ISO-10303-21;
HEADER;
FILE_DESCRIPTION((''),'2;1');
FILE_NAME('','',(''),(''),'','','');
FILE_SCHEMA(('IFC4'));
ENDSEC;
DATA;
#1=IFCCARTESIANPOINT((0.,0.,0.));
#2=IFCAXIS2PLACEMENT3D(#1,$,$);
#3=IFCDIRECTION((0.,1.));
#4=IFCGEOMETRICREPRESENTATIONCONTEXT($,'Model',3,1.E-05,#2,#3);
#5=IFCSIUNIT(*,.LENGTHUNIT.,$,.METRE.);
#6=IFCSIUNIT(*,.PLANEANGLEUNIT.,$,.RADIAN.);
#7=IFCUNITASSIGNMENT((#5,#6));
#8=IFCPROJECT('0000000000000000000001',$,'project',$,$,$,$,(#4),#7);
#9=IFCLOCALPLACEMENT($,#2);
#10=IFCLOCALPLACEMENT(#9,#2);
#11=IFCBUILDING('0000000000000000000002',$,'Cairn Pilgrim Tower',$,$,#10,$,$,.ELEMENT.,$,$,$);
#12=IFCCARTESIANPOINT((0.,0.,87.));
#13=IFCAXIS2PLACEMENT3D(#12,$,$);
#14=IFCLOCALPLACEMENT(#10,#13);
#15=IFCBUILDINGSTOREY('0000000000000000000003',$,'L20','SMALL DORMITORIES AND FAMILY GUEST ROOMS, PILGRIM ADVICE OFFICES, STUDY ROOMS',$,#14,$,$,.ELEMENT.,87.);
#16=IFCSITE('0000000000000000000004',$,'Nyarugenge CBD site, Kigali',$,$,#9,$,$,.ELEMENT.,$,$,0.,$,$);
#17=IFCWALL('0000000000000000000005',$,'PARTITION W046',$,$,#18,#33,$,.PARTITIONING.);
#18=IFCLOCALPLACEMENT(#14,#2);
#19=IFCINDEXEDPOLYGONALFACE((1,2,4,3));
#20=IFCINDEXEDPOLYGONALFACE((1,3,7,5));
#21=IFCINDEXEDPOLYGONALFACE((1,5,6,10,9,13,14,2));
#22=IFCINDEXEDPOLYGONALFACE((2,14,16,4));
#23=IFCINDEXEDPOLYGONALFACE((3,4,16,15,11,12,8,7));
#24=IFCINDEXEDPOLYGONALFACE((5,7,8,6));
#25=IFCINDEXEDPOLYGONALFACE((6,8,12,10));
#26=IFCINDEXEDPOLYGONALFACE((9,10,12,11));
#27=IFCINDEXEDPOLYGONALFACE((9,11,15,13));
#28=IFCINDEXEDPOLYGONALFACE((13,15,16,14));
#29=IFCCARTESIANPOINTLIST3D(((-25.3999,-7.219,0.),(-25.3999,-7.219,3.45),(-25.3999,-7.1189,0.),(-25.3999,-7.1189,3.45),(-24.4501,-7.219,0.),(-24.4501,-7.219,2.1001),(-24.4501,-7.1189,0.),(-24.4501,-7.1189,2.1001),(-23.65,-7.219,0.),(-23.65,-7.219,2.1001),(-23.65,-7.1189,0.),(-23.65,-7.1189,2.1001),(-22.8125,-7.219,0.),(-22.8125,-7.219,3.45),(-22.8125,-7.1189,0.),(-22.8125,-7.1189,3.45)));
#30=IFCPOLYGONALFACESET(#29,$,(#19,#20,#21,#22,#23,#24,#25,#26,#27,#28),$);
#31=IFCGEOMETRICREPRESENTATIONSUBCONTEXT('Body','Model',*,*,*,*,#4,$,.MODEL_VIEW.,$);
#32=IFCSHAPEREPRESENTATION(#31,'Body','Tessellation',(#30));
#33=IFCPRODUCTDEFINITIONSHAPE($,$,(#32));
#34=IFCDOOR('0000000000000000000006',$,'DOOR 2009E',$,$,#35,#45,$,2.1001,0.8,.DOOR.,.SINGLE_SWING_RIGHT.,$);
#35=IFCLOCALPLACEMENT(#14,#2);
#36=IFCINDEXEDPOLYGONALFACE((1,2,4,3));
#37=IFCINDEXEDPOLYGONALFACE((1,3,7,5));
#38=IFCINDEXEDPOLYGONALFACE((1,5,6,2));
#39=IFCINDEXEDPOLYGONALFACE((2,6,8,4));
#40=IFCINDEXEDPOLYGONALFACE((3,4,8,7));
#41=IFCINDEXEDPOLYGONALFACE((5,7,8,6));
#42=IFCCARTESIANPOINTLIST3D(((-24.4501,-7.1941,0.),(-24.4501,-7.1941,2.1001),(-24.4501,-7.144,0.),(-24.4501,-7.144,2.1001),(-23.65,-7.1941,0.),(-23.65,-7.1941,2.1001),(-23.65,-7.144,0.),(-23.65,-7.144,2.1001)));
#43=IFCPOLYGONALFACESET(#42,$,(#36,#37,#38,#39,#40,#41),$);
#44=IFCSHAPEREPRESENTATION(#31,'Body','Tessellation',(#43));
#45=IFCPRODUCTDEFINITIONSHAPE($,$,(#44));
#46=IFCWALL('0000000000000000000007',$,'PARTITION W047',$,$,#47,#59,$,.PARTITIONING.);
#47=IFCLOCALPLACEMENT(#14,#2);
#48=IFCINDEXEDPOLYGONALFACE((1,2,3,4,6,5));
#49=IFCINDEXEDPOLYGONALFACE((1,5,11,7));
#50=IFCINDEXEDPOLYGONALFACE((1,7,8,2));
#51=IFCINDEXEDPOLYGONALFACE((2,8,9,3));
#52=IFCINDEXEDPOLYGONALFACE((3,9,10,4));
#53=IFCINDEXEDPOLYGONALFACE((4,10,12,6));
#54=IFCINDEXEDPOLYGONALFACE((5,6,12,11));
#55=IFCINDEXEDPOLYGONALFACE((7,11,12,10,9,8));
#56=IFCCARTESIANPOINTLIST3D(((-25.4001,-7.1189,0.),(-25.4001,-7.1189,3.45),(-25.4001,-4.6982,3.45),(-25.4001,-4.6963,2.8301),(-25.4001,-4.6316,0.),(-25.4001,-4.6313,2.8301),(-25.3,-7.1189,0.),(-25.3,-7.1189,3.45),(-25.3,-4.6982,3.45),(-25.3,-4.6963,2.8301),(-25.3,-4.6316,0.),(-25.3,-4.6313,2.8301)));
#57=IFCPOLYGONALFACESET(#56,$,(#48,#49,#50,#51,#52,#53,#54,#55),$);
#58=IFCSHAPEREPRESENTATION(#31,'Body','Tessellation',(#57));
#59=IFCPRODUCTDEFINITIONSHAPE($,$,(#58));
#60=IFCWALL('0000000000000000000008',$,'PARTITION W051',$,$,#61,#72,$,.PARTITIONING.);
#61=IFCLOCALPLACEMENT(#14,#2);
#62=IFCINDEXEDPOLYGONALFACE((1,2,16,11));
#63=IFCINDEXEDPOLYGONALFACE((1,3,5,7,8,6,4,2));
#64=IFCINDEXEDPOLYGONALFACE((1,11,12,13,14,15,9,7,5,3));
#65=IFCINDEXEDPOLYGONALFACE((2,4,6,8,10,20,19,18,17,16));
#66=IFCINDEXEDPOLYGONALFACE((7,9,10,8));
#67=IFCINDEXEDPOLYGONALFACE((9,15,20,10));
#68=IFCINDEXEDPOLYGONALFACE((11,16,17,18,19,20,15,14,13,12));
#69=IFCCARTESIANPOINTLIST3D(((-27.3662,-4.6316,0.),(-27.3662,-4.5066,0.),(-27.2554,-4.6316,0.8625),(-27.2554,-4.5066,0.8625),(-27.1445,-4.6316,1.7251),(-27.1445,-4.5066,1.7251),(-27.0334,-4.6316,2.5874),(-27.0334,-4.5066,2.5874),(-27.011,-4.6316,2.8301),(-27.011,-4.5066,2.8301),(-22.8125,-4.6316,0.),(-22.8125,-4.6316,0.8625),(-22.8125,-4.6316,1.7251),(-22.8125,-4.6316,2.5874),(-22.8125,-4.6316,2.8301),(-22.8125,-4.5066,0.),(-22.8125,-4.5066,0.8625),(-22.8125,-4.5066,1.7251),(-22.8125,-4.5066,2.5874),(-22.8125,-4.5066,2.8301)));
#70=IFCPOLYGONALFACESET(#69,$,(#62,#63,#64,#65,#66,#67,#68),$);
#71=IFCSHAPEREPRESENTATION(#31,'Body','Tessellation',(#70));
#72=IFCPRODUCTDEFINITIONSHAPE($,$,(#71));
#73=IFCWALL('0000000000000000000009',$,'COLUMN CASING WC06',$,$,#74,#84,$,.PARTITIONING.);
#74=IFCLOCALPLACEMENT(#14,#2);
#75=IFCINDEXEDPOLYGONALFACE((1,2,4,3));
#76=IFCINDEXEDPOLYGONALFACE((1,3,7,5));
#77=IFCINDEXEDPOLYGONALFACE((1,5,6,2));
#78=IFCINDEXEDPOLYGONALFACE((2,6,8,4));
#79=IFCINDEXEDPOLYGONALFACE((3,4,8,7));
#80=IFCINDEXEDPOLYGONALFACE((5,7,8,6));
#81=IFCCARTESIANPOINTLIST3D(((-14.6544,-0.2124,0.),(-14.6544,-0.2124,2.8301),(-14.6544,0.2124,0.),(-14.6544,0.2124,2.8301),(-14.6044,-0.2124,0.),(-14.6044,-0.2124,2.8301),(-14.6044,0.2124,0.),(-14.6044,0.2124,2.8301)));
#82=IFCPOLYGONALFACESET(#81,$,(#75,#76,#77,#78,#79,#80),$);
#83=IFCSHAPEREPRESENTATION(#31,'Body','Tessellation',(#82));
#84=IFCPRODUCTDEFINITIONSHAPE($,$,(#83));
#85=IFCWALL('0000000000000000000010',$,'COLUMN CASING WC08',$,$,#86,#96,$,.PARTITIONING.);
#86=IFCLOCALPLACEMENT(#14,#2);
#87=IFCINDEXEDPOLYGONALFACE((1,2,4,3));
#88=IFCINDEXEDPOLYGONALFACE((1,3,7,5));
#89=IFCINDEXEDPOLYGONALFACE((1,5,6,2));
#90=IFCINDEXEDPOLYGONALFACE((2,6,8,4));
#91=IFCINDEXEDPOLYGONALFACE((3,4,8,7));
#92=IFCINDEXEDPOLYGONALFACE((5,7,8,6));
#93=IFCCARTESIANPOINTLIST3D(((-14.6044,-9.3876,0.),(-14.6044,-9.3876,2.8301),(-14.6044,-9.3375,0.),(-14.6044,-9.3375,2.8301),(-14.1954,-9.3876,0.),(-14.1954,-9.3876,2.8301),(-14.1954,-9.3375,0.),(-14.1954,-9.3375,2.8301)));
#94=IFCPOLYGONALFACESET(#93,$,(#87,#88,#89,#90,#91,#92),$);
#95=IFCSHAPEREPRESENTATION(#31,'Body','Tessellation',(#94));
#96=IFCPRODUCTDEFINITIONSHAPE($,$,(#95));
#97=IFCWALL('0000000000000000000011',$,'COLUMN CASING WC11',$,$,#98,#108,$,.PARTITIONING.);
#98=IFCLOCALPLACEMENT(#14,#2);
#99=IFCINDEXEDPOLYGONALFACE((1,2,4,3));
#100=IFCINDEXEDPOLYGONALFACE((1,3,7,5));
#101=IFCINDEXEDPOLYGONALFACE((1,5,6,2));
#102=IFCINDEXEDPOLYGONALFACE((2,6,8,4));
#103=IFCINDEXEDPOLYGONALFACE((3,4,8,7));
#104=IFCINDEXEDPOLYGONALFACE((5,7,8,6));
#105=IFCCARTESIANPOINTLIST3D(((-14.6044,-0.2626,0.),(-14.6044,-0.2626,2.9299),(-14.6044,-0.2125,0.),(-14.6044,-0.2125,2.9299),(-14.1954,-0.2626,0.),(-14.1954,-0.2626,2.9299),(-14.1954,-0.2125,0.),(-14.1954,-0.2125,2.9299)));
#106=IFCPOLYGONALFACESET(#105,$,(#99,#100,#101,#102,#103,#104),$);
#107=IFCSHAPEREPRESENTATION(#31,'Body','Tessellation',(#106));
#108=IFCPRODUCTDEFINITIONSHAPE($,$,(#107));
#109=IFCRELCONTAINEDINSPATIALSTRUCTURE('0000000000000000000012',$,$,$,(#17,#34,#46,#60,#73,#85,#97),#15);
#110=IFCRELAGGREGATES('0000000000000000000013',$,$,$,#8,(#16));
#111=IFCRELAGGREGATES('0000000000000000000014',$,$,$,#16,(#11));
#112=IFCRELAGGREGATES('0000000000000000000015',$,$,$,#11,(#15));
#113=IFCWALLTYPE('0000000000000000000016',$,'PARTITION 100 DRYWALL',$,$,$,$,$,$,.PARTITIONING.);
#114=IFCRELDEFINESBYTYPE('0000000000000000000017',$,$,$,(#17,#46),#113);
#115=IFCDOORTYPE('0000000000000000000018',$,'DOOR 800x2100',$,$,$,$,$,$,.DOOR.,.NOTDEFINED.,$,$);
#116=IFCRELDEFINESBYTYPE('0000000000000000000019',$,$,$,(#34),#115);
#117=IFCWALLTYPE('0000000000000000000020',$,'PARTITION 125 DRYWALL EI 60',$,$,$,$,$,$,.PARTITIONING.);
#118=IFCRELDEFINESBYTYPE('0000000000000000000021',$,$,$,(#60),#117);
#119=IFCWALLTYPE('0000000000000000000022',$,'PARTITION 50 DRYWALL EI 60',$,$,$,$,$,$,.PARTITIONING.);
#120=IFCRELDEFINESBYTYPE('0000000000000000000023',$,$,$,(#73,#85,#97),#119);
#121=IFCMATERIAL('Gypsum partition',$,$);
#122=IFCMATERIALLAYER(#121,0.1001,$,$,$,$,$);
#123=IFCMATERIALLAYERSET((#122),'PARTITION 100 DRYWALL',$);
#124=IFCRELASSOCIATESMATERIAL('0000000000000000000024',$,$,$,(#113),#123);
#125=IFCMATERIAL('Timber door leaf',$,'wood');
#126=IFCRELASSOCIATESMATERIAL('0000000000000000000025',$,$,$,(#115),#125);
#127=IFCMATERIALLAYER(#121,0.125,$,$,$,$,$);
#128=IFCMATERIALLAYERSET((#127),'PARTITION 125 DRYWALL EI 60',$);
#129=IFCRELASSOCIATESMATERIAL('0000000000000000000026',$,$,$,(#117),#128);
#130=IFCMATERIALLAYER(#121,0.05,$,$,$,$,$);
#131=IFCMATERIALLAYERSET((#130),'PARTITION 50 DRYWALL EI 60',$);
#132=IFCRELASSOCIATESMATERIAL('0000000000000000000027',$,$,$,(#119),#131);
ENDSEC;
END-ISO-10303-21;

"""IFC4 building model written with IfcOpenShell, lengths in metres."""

from ifc_helpers import new_model, si_unit, direction, frame, frame_2d, origin, place, context, subcontext, project, spatial, polyline, rectangle, outline, extrude, material, layer, layer_set, type_object, element, fill, save


model = new_model("IFC4")

# Units and contexts
model_context = context("Model", 3, precision=1e-05, world=origin(), true_north=direction((0.0, 1.0)))
body_context = subcontext(model_context, "Body", "Model", "MODEL_VIEW")
ifc_project = project(units=[si_unit("LENGTHUNIT", "METRE"), si_unit("PLANEANGLEUNIT", "RADIAN")], contexts=[model_context])

# Site, building, storey
site_placement = place(None, origin())
site = spatial("IfcSite", under=ifc_project, at=site_placement, Name="Nyarugenge CBD site, Kigali", CompositionType="ELEMENT", RefElevation=0.0)
building_placement = place(site_placement, origin())
building = spatial("IfcBuilding", under=site, at=building_placement, Name="Cairn Pilgrim Tower", CompositionType="ELEMENT")
storey_placement = place(building_placement, frame((0.0, 0.0, 87.0)))
storey = spatial("IfcBuildingStorey", under=building, at=storey_placement, Name="L20", Description="SMALL DORMITORIES AND FAMILY GUEST ROOMS, PILGRIM ADVICE OFFICES, STUDY ROOMS", CompositionType="ELEMENT", Elevation=87.0)

# Wall, opening, door
ifc_material_1 = material(Name="Gypsum partition")
ifc_layer_1 = layer(ifc_material_1, 0.1001)
ifc_layer_set_1 = layer_set([ifc_layer_1], Name="PARTITION 100 DRYWALL")
wall_type_1 = type_object("IfcWallType", Name="PARTITION 100 DRYWALL", PredefinedType="PARTITIONING", material=ifc_layer_set_1)
wall_1_placement = place(storey_placement, frame((-25.3999, -7.1689, 0.0), z_axis=(0.0, 0.0, 1.0), x_axis=(1.0, 0.0, 0.0)))
wall_1 = element("IfcWall", 1, at=wall_1_placement, inside=storey, type_object=wall_type_1, Name="PARTITION W046", PredefinedType="PARTITIONING", context=body_context, shape_type="SweptSolid", body=[
    extrude(rectangle(XDim=2.5874, YDim=0.1001, at=frame_2d((1.2937, 0.0))), origin(), (0.0, 0.0, 1.0), 3.45),
])
opening_placement = place(wall_1_placement, frame((0.95, 0.0, 0.0)))
opening = element("IfcOpeningElement", 2, at=opening_placement, cuts=wall_1, PredefinedType="OPENING", context=body_context, shape_type="SweptSolid", body=[
    extrude(rectangle(XDim=0.8, YDim=2.1001, at=frame_2d((0.3999, 1.05))), frame((0.0, 0.0601, 0.0), z_axis=(0.0, -1.0, 0.0), x_axis=(1.0, 0.0, 0.0)), (0.0, 0.0, 1.0), 0.1201),
])
ifc_material_2 = material(Name="Timber door leaf", Category="wood")
door_type = type_object("IfcDoorType", Name="DOOR 800x2100", OperationType="NOTDEFINED", PredefinedType="DOOR", material=ifc_material_2)
door_placement = place(opening_placement, origin())
door = element("IfcDoor", 3, at=door_placement, inside=storey, type_object=door_type, Name="DOOR 2009E", OperationType="SINGLE_SWING_RIGHT", OverallHeight=2.1001, OverallWidth=0.8, PredefinedType="DOOR", context=body_context, shape_type="SweptSolid", body=[
    extrude(rectangle(XDim=0.8, YDim=2.1001, at=frame_2d((0.3999, 1.05))), frame((0.0, 0.0249, 0.0), z_axis=(0.0, -1.0, 0.0), x_axis=(1.0, 0.0, 0.0)), (0.0, 0.0, 1.0), 0.05),
])
fill(opening, door)

# Walls
wall_2_placement = place(storey_placement, frame((-25.3501, -7.1189, 0.0), z_axis=(0.0, 0.0, 1.0), x_axis=(0.0, 1.0, 0.0)))
element("IfcWall", 4, at=wall_2_placement, inside=storey, type_object=wall_type_1, Name="PARTITION W047", PredefinedType="PARTITIONING", context=body_context, shape_type="SweptSolid", body=[
    extrude(outline(polyline([(0.0, 0.0), (2.4873, 0.0), (2.4875, 2.8301), (2.4226, 2.8301), (2.4207, 3.45), (0.0, 3.45), (0.0, 0.0)])), frame((0.0, 0.05, 0.0), z_axis=(0.0, -1.0, 0.0), x_axis=(1.0, 0.0, 0.0)), (0.0, 0.0, 1.0), 0.1001),
])
ifc_layer_2 = layer(ifc_material_1, 0.125)
ifc_layer_set_2 = layer_set([ifc_layer_2], Name="PARTITION 125 DRYWALL EI 60")
wall_type_2 = type_object("IfcWallType", Name="PARTITION 125 DRYWALL EI 60", PredefinedType="PARTITIONING", material=ifc_layer_set_2)
wall_3_placement = place(storey_placement, frame((-27.3662, -4.5691, 0.0), z_axis=(0.0, 0.0, 1.0), x_axis=(1.0, 0.0, 0.0)))
element("IfcWall", 5, at=wall_3_placement, inside=storey, type_object=wall_type_2, Name="PARTITION W051", PredefinedType="PARTITIONING", context=body_context, shape_type="SweptSolid", body=[
    extrude(outline(polyline([(0.0, 0.0), (4.5537, 0.0), (4.5537, 0.8625), (4.5537, 1.7251), (4.5537, 2.5874), (4.5537, 2.8301), (0.3552, 2.8301), (0.3328, 2.5874), (0.2217, 1.7251), (0.1108, 0.8625), (0.0, 0.0)])), frame((0.0, 0.0625, 0.0), z_axis=(0.0, -1.0, 0.0), x_axis=(1.0, 0.0, 0.0)), (0.0, 0.0, 1.0), 0.125),
])
ifc_layer_3 = layer(ifc_material_1, 0.05)
ifc_layer_set_3 = layer_set([ifc_layer_3], Name="PARTITION 50 DRYWALL EI 60")
wall_type_3 = type_object("IfcWallType", Name="PARTITION 50 DRYWALL EI 60", PredefinedType="PARTITIONING", material=ifc_layer_set_3)
wall_4_placement = place(storey_placement, frame((-14.6294, -0.2124, 0.0), z_axis=(0.0, 0.0, 1.0), x_axis=(0.0, 1.0, 0.0)))
element("IfcWall", 6, at=wall_4_placement, inside=storey, type_object=wall_type_3, Name="COLUMN CASING WC06", PredefinedType="PARTITIONING", context=body_context, shape_type="SweptSolid", body=[
    extrude(rectangle(XDim=0.4248, YDim=0.05, at=frame_2d((0.2124, 0.0))), origin(), (0.0, 0.0, 1.0), 2.8301),
])
wall_5_placement = place(storey_placement, frame((-14.6045, -9.3625, 0.0), z_axis=(0.0, 0.0, 1.0), x_axis=(1.0, 0.0, 0.0)))
element("IfcWall", 7, at=wall_5_placement, inside=storey, type_object=wall_type_3, Name="COLUMN CASING WC08", PredefinedType="PARTITIONING", context=body_context, shape_type="SweptSolid", body=[
    extrude(rectangle(XDim=0.4089, YDim=0.05, at=frame_2d((0.2046, 0.0))), origin(), (0.0, 0.0, 1.0), 2.8301),
])
wall_6_placement = place(storey_placement, frame((-14.6045, -0.2375, 0.0), z_axis=(0.0, 0.0, 1.0), x_axis=(1.0, 0.0, 0.0)))
element("IfcWall", 8, at=wall_6_placement, inside=storey, type_object=wall_type_3, Name="COLUMN CASING WC11", PredefinedType="PARTITIONING", context=body_context, shape_type="SweptSolid", body=[
    extrude(rectangle(XDim=0.4089, YDim=0.05, at=frame_2d((0.2046, 0.0))), origin(), (0.0, 0.0, 1.0), 2.9299),
])

save(model, "model.ifc")
